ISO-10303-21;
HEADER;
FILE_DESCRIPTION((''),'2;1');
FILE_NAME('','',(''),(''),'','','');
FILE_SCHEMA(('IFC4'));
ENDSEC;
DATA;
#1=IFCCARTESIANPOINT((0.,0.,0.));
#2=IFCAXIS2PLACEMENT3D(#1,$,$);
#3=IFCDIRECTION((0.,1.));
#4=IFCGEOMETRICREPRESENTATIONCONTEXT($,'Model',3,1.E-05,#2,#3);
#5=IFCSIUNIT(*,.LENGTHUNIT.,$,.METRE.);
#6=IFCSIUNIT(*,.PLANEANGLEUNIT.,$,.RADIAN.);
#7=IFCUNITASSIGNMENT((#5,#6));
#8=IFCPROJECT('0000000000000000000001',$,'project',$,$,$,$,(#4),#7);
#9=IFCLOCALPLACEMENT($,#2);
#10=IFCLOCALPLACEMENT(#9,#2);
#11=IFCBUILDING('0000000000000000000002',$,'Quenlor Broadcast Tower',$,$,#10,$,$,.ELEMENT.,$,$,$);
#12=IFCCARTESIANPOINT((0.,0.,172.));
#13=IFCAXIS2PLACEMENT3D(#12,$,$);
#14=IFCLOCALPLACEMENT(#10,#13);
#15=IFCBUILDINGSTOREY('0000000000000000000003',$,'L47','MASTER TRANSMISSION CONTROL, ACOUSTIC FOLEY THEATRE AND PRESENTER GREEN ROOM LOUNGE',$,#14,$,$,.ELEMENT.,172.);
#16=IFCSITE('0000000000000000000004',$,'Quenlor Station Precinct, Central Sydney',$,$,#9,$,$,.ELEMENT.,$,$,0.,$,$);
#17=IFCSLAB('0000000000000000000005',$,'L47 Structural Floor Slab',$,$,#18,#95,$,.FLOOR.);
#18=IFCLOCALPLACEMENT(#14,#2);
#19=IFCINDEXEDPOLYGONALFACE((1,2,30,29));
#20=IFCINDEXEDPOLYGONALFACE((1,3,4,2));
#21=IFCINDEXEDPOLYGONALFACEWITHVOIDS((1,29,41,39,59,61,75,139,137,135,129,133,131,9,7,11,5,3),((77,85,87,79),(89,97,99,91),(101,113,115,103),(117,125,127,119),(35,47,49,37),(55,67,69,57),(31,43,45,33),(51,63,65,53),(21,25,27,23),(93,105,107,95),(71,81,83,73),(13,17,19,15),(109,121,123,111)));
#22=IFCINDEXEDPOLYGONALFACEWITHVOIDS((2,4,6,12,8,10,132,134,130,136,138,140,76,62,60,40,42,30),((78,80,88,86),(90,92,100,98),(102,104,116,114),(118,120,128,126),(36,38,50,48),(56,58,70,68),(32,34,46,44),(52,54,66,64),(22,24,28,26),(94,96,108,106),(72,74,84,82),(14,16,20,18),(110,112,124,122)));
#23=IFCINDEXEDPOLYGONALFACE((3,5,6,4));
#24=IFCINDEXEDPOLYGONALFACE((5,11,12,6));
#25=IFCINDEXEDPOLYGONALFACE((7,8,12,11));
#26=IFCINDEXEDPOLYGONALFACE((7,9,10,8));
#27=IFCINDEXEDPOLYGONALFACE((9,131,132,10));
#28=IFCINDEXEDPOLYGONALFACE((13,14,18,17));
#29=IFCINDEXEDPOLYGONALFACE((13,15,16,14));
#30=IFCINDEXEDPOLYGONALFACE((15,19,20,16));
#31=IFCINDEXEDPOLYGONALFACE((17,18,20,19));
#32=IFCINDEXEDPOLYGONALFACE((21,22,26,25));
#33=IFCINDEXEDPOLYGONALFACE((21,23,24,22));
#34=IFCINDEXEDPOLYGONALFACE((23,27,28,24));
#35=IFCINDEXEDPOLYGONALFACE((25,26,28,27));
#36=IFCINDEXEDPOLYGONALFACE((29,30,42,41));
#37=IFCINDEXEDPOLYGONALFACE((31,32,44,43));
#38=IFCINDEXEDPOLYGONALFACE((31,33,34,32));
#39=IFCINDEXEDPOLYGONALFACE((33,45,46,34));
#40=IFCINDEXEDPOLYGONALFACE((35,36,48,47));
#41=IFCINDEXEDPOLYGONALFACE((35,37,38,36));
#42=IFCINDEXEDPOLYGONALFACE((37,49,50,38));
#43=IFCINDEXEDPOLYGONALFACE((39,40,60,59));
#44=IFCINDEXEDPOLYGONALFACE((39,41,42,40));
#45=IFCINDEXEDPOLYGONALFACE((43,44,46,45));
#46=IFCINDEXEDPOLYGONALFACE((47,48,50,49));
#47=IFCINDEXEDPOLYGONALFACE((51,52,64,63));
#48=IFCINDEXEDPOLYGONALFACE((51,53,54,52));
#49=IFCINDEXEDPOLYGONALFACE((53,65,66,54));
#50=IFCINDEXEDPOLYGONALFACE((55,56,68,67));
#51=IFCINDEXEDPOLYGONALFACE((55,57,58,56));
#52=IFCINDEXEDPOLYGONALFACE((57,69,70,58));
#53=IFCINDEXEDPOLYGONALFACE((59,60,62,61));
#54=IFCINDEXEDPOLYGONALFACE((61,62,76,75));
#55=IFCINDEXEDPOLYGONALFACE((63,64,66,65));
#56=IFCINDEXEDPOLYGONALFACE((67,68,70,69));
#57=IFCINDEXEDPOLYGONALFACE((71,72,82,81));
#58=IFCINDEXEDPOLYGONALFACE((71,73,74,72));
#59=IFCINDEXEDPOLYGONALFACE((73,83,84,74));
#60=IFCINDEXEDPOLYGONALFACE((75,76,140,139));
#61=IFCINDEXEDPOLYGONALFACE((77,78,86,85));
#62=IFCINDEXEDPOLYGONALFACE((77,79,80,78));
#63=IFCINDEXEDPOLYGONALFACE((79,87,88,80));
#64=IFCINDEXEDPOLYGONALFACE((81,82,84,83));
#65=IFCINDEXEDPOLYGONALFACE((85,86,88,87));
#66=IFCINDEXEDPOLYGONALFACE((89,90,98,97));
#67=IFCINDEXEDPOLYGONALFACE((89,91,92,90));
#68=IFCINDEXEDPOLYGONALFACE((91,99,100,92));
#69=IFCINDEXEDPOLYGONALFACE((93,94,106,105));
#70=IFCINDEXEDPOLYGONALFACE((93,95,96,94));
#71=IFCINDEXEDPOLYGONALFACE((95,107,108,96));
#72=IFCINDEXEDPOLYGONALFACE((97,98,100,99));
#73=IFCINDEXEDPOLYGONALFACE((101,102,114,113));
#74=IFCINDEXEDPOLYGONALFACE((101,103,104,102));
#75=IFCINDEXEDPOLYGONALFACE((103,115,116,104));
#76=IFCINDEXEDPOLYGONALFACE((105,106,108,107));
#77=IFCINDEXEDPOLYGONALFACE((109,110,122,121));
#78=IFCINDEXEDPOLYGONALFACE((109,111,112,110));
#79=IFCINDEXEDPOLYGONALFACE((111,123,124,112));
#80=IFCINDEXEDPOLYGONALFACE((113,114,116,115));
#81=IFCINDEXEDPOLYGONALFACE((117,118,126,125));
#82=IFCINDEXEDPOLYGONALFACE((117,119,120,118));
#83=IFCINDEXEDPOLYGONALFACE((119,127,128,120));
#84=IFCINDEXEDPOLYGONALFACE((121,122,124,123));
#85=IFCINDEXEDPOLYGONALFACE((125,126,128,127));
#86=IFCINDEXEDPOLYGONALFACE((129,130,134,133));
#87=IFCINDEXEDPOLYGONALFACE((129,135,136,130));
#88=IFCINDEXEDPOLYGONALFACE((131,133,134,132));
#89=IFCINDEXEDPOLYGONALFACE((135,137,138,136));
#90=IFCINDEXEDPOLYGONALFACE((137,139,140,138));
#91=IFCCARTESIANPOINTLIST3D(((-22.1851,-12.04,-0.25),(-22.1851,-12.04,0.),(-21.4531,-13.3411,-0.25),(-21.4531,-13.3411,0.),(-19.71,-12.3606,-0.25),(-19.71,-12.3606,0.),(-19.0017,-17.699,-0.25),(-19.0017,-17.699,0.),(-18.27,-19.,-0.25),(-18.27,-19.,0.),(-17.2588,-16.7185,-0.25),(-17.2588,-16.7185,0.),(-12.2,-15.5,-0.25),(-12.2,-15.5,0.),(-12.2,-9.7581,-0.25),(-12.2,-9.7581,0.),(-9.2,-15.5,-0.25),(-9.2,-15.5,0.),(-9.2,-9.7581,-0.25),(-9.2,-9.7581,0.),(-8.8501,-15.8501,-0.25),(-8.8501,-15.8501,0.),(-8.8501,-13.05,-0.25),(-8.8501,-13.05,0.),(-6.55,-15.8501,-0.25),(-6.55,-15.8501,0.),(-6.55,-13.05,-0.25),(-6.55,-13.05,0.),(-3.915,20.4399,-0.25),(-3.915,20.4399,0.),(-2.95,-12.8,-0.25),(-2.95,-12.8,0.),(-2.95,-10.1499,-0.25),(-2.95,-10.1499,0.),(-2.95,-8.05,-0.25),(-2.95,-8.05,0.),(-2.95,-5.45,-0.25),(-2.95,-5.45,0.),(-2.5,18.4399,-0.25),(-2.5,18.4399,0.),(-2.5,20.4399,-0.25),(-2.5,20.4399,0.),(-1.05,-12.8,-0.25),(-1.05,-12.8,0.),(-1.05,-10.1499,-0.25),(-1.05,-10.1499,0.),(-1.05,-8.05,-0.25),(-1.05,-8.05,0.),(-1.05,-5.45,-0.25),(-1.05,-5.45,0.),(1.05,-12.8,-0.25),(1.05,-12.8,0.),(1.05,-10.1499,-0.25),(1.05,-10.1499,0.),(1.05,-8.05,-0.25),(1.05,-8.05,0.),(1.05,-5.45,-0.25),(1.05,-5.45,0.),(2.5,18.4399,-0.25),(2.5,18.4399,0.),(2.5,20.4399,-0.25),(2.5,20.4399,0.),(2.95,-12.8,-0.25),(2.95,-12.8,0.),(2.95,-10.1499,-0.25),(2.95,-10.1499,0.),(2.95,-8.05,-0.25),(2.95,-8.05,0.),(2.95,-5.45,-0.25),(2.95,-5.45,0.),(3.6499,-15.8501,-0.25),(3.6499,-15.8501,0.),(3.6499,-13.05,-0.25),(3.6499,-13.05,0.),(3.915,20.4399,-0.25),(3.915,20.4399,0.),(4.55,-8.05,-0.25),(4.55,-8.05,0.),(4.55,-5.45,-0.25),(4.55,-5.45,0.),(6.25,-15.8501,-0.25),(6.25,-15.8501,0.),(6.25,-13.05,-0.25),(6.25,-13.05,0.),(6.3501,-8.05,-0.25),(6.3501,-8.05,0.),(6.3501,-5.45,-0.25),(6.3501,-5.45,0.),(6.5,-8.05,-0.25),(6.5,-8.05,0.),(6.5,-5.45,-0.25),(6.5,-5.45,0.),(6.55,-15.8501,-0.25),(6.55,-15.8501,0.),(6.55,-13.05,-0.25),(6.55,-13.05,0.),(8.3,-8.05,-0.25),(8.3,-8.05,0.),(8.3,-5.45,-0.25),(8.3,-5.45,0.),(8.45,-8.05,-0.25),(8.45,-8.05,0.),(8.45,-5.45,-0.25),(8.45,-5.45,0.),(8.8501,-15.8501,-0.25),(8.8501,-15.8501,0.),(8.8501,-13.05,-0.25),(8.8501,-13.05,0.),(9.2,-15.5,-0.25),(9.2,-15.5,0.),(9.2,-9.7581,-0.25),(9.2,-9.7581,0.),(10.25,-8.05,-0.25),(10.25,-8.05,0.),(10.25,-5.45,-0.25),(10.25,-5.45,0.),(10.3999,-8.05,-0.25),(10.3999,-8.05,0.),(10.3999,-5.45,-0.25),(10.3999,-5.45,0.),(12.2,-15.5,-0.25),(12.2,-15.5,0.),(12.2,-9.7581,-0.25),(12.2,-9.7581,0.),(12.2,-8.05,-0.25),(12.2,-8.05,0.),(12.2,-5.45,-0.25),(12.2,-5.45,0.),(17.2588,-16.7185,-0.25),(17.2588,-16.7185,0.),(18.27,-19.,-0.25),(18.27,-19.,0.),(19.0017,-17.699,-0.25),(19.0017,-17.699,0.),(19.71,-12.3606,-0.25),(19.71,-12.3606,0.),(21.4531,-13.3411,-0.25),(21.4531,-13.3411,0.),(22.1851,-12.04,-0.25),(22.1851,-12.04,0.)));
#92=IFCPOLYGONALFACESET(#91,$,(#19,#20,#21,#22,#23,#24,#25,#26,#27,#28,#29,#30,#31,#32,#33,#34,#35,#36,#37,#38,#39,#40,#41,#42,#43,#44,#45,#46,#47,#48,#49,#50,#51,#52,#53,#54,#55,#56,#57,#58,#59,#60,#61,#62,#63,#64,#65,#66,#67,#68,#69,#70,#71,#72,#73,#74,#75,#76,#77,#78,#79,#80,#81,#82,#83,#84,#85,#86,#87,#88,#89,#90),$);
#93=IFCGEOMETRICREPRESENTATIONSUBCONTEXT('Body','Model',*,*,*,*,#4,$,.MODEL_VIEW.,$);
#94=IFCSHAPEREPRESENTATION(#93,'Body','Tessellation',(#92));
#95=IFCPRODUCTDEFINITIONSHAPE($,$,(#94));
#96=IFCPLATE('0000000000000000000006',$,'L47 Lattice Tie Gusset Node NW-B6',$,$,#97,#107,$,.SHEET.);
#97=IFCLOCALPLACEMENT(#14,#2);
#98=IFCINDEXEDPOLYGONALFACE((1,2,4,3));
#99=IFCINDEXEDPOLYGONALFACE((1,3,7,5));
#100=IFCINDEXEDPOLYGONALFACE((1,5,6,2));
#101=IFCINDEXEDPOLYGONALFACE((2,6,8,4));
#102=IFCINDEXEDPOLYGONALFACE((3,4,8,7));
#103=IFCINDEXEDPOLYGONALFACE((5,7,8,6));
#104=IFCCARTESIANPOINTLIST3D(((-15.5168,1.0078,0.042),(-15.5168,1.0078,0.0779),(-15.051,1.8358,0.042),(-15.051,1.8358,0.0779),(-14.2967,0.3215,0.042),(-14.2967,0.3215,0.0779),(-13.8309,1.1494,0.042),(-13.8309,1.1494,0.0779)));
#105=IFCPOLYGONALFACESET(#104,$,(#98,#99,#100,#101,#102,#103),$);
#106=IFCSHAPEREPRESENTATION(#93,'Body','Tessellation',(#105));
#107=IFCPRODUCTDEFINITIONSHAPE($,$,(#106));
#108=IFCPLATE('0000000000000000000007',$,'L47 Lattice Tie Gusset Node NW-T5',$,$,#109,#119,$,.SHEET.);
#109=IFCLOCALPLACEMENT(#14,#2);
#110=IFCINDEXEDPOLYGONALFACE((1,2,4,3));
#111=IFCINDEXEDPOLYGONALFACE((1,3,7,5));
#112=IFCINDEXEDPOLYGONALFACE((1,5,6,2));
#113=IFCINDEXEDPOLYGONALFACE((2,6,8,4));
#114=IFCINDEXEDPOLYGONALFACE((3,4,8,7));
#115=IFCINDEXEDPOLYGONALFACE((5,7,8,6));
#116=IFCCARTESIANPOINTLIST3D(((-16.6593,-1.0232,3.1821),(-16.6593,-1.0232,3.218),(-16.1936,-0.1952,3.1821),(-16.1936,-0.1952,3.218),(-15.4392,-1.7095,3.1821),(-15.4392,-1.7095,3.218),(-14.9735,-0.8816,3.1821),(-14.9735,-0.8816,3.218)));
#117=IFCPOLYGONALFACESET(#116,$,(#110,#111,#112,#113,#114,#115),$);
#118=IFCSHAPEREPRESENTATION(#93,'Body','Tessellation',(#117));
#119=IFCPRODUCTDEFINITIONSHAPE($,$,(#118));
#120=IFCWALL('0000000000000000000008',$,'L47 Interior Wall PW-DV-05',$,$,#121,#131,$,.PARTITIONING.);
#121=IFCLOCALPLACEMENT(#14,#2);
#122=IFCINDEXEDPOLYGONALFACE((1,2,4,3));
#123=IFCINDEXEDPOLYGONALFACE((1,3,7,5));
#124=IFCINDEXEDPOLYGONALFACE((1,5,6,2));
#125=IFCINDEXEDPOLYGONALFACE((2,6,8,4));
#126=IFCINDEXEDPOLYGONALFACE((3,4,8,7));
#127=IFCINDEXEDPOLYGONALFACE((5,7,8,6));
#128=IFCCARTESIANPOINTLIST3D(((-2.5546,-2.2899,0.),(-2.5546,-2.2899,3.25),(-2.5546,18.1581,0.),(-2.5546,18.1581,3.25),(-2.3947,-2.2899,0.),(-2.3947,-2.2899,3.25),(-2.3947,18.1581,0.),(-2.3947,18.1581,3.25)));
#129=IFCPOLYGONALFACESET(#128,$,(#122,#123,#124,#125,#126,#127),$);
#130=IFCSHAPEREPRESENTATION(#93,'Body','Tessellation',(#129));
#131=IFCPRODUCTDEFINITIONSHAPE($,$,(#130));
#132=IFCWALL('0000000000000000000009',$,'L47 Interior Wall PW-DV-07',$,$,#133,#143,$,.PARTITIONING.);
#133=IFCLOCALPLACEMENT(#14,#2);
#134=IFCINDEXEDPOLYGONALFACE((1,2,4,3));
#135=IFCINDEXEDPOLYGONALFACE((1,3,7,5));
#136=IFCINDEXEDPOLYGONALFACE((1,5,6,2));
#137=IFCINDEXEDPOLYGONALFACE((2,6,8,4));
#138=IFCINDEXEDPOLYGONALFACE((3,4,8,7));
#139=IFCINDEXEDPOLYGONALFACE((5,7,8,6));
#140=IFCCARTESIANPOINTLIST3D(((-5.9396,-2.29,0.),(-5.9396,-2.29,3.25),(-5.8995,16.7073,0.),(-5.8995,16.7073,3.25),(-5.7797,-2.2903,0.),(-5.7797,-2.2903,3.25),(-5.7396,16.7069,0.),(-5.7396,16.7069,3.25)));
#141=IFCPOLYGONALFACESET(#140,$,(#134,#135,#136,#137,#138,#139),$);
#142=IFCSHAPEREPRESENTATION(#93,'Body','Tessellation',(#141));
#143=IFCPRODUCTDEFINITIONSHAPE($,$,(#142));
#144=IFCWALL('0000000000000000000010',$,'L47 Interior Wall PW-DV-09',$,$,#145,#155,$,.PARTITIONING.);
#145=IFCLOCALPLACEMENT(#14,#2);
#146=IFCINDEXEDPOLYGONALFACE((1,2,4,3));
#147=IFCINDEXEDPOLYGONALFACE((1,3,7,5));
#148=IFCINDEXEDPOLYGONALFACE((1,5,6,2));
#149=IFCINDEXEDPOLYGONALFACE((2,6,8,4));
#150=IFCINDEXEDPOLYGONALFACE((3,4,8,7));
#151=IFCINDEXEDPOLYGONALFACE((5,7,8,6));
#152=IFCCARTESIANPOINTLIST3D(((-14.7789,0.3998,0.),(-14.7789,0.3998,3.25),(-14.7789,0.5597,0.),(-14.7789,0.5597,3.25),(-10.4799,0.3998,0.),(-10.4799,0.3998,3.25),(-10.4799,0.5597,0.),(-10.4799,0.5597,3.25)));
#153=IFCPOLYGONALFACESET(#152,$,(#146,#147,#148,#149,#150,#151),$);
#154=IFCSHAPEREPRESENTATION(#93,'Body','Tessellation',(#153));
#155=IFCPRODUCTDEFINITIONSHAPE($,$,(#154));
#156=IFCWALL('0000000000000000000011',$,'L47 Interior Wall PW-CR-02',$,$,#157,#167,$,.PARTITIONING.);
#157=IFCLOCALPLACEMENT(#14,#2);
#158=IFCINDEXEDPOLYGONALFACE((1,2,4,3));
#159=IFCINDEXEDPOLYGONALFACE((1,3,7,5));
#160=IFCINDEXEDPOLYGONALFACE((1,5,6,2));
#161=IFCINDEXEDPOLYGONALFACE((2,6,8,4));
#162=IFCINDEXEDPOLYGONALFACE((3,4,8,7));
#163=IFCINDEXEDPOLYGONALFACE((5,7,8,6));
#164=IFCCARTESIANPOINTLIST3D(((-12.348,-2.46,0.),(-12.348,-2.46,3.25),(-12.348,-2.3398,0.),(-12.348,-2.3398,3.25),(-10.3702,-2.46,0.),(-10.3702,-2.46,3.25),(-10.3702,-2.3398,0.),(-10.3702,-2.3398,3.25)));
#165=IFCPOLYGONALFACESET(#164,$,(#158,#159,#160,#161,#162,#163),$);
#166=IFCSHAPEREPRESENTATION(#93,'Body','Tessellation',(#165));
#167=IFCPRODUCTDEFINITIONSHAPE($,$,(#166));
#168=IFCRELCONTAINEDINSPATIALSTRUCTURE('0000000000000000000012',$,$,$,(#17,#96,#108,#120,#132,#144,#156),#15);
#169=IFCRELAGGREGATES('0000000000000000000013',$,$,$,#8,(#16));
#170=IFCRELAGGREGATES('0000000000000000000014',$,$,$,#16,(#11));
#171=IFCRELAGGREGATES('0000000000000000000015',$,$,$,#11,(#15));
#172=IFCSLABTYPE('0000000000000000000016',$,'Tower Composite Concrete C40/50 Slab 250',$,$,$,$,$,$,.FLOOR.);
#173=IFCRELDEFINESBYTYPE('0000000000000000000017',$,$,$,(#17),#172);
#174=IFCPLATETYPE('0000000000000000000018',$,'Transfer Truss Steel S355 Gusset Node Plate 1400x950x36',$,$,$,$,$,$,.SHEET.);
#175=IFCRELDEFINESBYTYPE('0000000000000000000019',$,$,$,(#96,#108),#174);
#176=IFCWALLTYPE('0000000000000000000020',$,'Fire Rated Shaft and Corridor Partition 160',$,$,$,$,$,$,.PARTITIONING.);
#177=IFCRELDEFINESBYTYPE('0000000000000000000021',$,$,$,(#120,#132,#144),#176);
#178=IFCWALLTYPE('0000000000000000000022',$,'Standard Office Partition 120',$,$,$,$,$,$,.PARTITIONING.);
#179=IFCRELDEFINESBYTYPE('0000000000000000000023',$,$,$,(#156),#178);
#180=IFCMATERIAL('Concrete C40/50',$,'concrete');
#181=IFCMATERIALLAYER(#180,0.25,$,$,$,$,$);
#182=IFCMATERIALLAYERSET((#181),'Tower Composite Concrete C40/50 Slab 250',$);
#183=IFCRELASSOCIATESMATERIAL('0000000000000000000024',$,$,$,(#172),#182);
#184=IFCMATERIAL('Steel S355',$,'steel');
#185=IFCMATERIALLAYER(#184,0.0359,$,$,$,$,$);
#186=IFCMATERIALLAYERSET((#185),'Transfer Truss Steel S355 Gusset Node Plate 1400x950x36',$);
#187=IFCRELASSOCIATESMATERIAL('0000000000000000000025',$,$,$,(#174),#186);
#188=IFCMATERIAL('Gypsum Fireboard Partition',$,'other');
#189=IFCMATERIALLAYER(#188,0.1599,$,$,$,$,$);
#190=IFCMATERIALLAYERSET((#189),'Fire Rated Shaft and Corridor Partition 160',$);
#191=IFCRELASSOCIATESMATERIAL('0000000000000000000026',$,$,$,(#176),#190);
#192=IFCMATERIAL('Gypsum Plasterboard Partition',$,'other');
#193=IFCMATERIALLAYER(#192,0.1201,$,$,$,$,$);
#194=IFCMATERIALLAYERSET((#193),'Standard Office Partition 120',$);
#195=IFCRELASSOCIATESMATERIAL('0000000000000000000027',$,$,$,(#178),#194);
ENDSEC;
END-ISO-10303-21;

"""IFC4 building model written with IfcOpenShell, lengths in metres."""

from ifc_helpers import new_model, si_unit, direction, frame, frame_2d, origin, origin_2d, place, context, subcontext, project, spatial, polyline, rectangle, outline, extrude, material, layer, layer_set, type_object, element, save


model = new_model("IFC4")

# Units and contexts
model_context = context("Model", 3, precision=1e-05, world=origin(), true_north=direction((0.0, 1.0)))
body_context = subcontext(model_context, "Body", "Model", "MODEL_VIEW")
ifc_project = project(units=[si_unit("LENGTHUNIT", "METRE"), si_unit("PLANEANGLEUNIT", "RADIAN")], contexts=[model_context])

# Site, building, storey
site_placement = place(None, origin())
site = spatial("IfcSite", under=ifc_project, at=site_placement, Name="Quenlor Station Precinct, Central Sydney", CompositionType="ELEMENT", RefElevation=0.0)
building_placement = place(site_placement, origin())
building = spatial("IfcBuilding", under=site, at=building_placement, Name="Quenlor Broadcast Tower", CompositionType="ELEMENT")
storey_placement = place(building_placement, frame((0.0, 0.0, 172.0)))
storey = spatial("IfcBuildingStorey", under=building, at=storey_placement, Name="L47", Description="MASTER TRANSMISSION CONTROL, ACOUSTIC FOLEY THEATRE AND PRESENTER GREEN ROOM LOUNGE", CompositionType="ELEMENT", Elevation=172.0)

# Slab
ifc_material_1 = material(Name="Concrete C40/50", Category="concrete")
ifc_layer_1 = layer(ifc_material_1, 0.25)
ifc_layer_set_1 = layer_set([ifc_layer_1], Name="Tower Composite Concrete C40/50 Slab 250")
slab_type = type_object("IfcSlabType", Name="Tower Composite Concrete C40/50 Slab 250", PredefinedType="FLOOR", material=ifc_layer_set_1)
slab_placement = place(storey_placement, frame((0.0, 0.0, -0.25)))
element("IfcSlab", 1, at=slab_placement, inside=storey, type_object=slab_type, Name="L47 Structural Floor Slab", PredefinedType="FLOOR", context=body_context, shape_type="SweptSolid", body=[
    extrude(outline(polyline([(18.27, -19.0), (19.0017, -17.699), (17.2588, -16.7185), (19.71, -12.3606), (21.4531, -13.3411), (22.1851, -12.04), (3.915, 20.4399), (2.5, 20.4399), (2.5, 18.4399), (-2.5, 18.4399), (-2.5, 20.4399), (-3.915, 20.4399), (-22.1851, -12.04), (-21.4531, -13.3411), (-19.71, -12.3606), (-17.2588, -16.7185), (-19.0017, -17.699), (-18.27, -19.0), (18.27, -19.0)]), holes=[polyline([(-12.2, -9.7581), (-12.2, -15.5), (-9.2, -15.5), (-9.2, -9.7581), (-12.2, -9.7581)]), polyline([(9.2, -9.7581), (9.2, -15.5), (12.2, -15.5), (12.2, -9.7581), (9.2, -9.7581)]), polyline([(-2.95, -8.05), (-1.05, -8.05), (-1.05, -5.45), (-2.95, -5.45), (-2.95, -8.05)]), polyline([(1.05, -8.05), (2.95, -8.05), (2.95, -5.45), (1.05, -5.45), (1.05, -8.05)]), polyline([(-2.95, -12.8), (-1.05, -12.8), (-1.05, -10.1499), (-2.95, -10.1499), (-2.95, -12.8)]), polyline([(1.05, -12.8), (2.95, -12.8), (2.95, -10.1499), (1.05, -10.1499), (1.05, -12.8)]), polyline([(4.55, -8.05), (6.3501, -8.05), (6.3501, -5.45), (4.55, -5.45), (4.55, -8.05)]), polyline([(6.5, -8.05), (8.3, -8.05), (8.3, -5.45), (6.5, -5.45), (6.5, -8.05)]), polyline([(8.45, -8.05), (10.25, -8.05), (10.25, -5.45), (8.45, -5.45), (8.45, -8.05)]), polyline([(10.3999, -8.05), (12.2, -8.05), (12.2, -5.45), (10.3999, -5.45), (10.3999, -8.05)]), polyline([(-8.8501, -15.8501), (-6.55, -15.8501), (-6.55, -13.05), (-8.8501, -13.05), (-8.8501, -15.8501)]), polyline([(6.55, -15.8501), (8.8501, -15.8501), (8.8501, -13.05), (6.55, -13.05), (6.55, -15.8501)]), polyline([(3.6499, -15.8501), (6.25, -15.8501), (6.25, -13.05), (3.6499, -13.05), (3.6499, -15.8501)])]), origin(), (0.0, 0.0, 1.0), 0.25),
])

# Plates
ifc_material_2 = material(Name="Steel S355", Category="steel")
ifc_layer_2 = layer(ifc_material_2, 0.0359)
ifc_layer_set_2 = layer_set([ifc_layer_2], Name="Transfer Truss Steel S355 Gusset Node Plate 1400x950x36")
plate_type_1 = type_object("IfcPlateType", Name="Transfer Truss Steel S355 Gusset Node Plate 1400x950x36", PredefinedType="SHEET", material=ifc_layer_set_2)
for number, where, z_axis, x_axis, name in (
    (2, (-14.6738, 1.0786, 0.042), (0.0, 0.0, 1.0), (-0.871556, 0.490295, 0.0), "L47 Lattice Tie Gusset Node NW-B6"),
    (3, (-15.8164, -0.9524, 3.1821), (0.0, 0.0, 1.0), (-0.871556, 0.490295, 0.0), "L47 Lattice Tie Gusset Node NW-T5"),
):
    element("IfcPlate", number, at=place(storey_placement, frame(where, z_axis=z_axis, x_axis=x_axis)), inside=storey, type_object=plate_type_1, Name=name, PredefinedType="SHEET", context=body_context, shape_type="SweptSolid", body=[
        extrude(rectangle(XDim=1.3999, YDim=0.95, at=origin_2d()), origin(), (0.0, 0.0, 1.0), 0.0359),
    ])

# Walls
ifc_material_3 = material(Name="Gypsum Fireboard Partition", Category="other")
ifc_layer_3 = layer(ifc_material_3, 0.1599)
ifc_layer_set_3 = layer_set([ifc_layer_3], Name="Fire Rated Shaft and Corridor Partition 160")
wall_type_1 = type_object("IfcWallType", Name="Fire Rated Shaft and Corridor Partition 160", PredefinedType="PARTITIONING", material=ifc_layer_set_3)
wall_1_placement = place(storey_placement, frame((-2.4746, -2.29, 0.0), z_axis=(0.0, 0.0, 1.0), x_axis=(0.0, 1.0, 0.0)))
element("IfcWall", 4, at=wall_1_placement, inside=storey, type_object=wall_type_1, Name="L47 Interior Wall PW-DV-05", PredefinedType="PARTITIONING", context=body_context, shape_type="SweptSolid", body=[
    extrude(rectangle(XDim=20.448, YDim=0.1599, at=frame_2d((10.2241, 0.0))), origin(), (0.0, 0.0, 1.0), 3.25),
])
wall_2_placement = place(storey_placement, frame((-5.8596, -2.29, 0.0), z_axis=(0.0, 0.0, 1.0), x_axis=(0.002108, 0.999998, 0.0)))
element("IfcWall", 5, at=wall_2_placement, inside=storey, type_object=wall_type_1, Name="L47 Interior Wall PW-DV-07", PredefinedType="PARTITIONING", context=body_context, shape_type="SweptSolid", body=[
    extrude(rectangle(XDim=18.9973, YDim=0.1599, at=frame_2d((9.4985, 0.0))), origin(), (0.0, 0.0, 1.0), 3.25),
])
wall_3_placement = place(storey_placement, frame((-10.48, 0.4797, 0.0), z_axis=(0.0, 0.0, 1.0), x_axis=(-1.0, 0.0, 0.0)))
element("IfcWall", 6, at=wall_3_placement, inside=storey, type_object=wall_type_1, Name="L47 Interior Wall PW-DV-09", PredefinedType="PARTITIONING", context=body_context, shape_type="SweptSolid", body=[
    extrude(rectangle(XDim=4.2991, YDim=0.1599, at=frame_2d((2.1494, 0.0))), origin(), (0.0, 0.0, 1.0), 3.25),
])
ifc_material_4 = material(Name="Gypsum Plasterboard Partition", Category="other")
ifc_layer_4 = layer(ifc_material_4, 0.1201)
ifc_layer_set_4 = layer_set([ifc_layer_4], Name="Standard Office Partition 120")
wall_type_2 = type_object("IfcWallType", Name="Standard Office Partition 120", PredefinedType="PARTITIONING", material=ifc_layer_set_4)
wall_4_placement = place(storey_placement, frame((-12.3479, -2.3999, 0.0), z_axis=(0.0, 0.0, 1.0), x_axis=(1.0, 0.0, 0.0)))
element("IfcWall", 7, at=wall_4_placement, inside=storey, type_object=wall_type_2, Name="L47 Interior Wall PW-CR-02", PredefinedType="PARTITIONING", context=body_context, shape_type="SweptSolid", body=[
    extrude(rectangle(XDim=1.9778, YDim=0.1201, at=frame_2d((0.9888, 0.0))), origin(), (0.0, 0.0, 1.0), 3.25),
])

save(model, "model.ifc")
